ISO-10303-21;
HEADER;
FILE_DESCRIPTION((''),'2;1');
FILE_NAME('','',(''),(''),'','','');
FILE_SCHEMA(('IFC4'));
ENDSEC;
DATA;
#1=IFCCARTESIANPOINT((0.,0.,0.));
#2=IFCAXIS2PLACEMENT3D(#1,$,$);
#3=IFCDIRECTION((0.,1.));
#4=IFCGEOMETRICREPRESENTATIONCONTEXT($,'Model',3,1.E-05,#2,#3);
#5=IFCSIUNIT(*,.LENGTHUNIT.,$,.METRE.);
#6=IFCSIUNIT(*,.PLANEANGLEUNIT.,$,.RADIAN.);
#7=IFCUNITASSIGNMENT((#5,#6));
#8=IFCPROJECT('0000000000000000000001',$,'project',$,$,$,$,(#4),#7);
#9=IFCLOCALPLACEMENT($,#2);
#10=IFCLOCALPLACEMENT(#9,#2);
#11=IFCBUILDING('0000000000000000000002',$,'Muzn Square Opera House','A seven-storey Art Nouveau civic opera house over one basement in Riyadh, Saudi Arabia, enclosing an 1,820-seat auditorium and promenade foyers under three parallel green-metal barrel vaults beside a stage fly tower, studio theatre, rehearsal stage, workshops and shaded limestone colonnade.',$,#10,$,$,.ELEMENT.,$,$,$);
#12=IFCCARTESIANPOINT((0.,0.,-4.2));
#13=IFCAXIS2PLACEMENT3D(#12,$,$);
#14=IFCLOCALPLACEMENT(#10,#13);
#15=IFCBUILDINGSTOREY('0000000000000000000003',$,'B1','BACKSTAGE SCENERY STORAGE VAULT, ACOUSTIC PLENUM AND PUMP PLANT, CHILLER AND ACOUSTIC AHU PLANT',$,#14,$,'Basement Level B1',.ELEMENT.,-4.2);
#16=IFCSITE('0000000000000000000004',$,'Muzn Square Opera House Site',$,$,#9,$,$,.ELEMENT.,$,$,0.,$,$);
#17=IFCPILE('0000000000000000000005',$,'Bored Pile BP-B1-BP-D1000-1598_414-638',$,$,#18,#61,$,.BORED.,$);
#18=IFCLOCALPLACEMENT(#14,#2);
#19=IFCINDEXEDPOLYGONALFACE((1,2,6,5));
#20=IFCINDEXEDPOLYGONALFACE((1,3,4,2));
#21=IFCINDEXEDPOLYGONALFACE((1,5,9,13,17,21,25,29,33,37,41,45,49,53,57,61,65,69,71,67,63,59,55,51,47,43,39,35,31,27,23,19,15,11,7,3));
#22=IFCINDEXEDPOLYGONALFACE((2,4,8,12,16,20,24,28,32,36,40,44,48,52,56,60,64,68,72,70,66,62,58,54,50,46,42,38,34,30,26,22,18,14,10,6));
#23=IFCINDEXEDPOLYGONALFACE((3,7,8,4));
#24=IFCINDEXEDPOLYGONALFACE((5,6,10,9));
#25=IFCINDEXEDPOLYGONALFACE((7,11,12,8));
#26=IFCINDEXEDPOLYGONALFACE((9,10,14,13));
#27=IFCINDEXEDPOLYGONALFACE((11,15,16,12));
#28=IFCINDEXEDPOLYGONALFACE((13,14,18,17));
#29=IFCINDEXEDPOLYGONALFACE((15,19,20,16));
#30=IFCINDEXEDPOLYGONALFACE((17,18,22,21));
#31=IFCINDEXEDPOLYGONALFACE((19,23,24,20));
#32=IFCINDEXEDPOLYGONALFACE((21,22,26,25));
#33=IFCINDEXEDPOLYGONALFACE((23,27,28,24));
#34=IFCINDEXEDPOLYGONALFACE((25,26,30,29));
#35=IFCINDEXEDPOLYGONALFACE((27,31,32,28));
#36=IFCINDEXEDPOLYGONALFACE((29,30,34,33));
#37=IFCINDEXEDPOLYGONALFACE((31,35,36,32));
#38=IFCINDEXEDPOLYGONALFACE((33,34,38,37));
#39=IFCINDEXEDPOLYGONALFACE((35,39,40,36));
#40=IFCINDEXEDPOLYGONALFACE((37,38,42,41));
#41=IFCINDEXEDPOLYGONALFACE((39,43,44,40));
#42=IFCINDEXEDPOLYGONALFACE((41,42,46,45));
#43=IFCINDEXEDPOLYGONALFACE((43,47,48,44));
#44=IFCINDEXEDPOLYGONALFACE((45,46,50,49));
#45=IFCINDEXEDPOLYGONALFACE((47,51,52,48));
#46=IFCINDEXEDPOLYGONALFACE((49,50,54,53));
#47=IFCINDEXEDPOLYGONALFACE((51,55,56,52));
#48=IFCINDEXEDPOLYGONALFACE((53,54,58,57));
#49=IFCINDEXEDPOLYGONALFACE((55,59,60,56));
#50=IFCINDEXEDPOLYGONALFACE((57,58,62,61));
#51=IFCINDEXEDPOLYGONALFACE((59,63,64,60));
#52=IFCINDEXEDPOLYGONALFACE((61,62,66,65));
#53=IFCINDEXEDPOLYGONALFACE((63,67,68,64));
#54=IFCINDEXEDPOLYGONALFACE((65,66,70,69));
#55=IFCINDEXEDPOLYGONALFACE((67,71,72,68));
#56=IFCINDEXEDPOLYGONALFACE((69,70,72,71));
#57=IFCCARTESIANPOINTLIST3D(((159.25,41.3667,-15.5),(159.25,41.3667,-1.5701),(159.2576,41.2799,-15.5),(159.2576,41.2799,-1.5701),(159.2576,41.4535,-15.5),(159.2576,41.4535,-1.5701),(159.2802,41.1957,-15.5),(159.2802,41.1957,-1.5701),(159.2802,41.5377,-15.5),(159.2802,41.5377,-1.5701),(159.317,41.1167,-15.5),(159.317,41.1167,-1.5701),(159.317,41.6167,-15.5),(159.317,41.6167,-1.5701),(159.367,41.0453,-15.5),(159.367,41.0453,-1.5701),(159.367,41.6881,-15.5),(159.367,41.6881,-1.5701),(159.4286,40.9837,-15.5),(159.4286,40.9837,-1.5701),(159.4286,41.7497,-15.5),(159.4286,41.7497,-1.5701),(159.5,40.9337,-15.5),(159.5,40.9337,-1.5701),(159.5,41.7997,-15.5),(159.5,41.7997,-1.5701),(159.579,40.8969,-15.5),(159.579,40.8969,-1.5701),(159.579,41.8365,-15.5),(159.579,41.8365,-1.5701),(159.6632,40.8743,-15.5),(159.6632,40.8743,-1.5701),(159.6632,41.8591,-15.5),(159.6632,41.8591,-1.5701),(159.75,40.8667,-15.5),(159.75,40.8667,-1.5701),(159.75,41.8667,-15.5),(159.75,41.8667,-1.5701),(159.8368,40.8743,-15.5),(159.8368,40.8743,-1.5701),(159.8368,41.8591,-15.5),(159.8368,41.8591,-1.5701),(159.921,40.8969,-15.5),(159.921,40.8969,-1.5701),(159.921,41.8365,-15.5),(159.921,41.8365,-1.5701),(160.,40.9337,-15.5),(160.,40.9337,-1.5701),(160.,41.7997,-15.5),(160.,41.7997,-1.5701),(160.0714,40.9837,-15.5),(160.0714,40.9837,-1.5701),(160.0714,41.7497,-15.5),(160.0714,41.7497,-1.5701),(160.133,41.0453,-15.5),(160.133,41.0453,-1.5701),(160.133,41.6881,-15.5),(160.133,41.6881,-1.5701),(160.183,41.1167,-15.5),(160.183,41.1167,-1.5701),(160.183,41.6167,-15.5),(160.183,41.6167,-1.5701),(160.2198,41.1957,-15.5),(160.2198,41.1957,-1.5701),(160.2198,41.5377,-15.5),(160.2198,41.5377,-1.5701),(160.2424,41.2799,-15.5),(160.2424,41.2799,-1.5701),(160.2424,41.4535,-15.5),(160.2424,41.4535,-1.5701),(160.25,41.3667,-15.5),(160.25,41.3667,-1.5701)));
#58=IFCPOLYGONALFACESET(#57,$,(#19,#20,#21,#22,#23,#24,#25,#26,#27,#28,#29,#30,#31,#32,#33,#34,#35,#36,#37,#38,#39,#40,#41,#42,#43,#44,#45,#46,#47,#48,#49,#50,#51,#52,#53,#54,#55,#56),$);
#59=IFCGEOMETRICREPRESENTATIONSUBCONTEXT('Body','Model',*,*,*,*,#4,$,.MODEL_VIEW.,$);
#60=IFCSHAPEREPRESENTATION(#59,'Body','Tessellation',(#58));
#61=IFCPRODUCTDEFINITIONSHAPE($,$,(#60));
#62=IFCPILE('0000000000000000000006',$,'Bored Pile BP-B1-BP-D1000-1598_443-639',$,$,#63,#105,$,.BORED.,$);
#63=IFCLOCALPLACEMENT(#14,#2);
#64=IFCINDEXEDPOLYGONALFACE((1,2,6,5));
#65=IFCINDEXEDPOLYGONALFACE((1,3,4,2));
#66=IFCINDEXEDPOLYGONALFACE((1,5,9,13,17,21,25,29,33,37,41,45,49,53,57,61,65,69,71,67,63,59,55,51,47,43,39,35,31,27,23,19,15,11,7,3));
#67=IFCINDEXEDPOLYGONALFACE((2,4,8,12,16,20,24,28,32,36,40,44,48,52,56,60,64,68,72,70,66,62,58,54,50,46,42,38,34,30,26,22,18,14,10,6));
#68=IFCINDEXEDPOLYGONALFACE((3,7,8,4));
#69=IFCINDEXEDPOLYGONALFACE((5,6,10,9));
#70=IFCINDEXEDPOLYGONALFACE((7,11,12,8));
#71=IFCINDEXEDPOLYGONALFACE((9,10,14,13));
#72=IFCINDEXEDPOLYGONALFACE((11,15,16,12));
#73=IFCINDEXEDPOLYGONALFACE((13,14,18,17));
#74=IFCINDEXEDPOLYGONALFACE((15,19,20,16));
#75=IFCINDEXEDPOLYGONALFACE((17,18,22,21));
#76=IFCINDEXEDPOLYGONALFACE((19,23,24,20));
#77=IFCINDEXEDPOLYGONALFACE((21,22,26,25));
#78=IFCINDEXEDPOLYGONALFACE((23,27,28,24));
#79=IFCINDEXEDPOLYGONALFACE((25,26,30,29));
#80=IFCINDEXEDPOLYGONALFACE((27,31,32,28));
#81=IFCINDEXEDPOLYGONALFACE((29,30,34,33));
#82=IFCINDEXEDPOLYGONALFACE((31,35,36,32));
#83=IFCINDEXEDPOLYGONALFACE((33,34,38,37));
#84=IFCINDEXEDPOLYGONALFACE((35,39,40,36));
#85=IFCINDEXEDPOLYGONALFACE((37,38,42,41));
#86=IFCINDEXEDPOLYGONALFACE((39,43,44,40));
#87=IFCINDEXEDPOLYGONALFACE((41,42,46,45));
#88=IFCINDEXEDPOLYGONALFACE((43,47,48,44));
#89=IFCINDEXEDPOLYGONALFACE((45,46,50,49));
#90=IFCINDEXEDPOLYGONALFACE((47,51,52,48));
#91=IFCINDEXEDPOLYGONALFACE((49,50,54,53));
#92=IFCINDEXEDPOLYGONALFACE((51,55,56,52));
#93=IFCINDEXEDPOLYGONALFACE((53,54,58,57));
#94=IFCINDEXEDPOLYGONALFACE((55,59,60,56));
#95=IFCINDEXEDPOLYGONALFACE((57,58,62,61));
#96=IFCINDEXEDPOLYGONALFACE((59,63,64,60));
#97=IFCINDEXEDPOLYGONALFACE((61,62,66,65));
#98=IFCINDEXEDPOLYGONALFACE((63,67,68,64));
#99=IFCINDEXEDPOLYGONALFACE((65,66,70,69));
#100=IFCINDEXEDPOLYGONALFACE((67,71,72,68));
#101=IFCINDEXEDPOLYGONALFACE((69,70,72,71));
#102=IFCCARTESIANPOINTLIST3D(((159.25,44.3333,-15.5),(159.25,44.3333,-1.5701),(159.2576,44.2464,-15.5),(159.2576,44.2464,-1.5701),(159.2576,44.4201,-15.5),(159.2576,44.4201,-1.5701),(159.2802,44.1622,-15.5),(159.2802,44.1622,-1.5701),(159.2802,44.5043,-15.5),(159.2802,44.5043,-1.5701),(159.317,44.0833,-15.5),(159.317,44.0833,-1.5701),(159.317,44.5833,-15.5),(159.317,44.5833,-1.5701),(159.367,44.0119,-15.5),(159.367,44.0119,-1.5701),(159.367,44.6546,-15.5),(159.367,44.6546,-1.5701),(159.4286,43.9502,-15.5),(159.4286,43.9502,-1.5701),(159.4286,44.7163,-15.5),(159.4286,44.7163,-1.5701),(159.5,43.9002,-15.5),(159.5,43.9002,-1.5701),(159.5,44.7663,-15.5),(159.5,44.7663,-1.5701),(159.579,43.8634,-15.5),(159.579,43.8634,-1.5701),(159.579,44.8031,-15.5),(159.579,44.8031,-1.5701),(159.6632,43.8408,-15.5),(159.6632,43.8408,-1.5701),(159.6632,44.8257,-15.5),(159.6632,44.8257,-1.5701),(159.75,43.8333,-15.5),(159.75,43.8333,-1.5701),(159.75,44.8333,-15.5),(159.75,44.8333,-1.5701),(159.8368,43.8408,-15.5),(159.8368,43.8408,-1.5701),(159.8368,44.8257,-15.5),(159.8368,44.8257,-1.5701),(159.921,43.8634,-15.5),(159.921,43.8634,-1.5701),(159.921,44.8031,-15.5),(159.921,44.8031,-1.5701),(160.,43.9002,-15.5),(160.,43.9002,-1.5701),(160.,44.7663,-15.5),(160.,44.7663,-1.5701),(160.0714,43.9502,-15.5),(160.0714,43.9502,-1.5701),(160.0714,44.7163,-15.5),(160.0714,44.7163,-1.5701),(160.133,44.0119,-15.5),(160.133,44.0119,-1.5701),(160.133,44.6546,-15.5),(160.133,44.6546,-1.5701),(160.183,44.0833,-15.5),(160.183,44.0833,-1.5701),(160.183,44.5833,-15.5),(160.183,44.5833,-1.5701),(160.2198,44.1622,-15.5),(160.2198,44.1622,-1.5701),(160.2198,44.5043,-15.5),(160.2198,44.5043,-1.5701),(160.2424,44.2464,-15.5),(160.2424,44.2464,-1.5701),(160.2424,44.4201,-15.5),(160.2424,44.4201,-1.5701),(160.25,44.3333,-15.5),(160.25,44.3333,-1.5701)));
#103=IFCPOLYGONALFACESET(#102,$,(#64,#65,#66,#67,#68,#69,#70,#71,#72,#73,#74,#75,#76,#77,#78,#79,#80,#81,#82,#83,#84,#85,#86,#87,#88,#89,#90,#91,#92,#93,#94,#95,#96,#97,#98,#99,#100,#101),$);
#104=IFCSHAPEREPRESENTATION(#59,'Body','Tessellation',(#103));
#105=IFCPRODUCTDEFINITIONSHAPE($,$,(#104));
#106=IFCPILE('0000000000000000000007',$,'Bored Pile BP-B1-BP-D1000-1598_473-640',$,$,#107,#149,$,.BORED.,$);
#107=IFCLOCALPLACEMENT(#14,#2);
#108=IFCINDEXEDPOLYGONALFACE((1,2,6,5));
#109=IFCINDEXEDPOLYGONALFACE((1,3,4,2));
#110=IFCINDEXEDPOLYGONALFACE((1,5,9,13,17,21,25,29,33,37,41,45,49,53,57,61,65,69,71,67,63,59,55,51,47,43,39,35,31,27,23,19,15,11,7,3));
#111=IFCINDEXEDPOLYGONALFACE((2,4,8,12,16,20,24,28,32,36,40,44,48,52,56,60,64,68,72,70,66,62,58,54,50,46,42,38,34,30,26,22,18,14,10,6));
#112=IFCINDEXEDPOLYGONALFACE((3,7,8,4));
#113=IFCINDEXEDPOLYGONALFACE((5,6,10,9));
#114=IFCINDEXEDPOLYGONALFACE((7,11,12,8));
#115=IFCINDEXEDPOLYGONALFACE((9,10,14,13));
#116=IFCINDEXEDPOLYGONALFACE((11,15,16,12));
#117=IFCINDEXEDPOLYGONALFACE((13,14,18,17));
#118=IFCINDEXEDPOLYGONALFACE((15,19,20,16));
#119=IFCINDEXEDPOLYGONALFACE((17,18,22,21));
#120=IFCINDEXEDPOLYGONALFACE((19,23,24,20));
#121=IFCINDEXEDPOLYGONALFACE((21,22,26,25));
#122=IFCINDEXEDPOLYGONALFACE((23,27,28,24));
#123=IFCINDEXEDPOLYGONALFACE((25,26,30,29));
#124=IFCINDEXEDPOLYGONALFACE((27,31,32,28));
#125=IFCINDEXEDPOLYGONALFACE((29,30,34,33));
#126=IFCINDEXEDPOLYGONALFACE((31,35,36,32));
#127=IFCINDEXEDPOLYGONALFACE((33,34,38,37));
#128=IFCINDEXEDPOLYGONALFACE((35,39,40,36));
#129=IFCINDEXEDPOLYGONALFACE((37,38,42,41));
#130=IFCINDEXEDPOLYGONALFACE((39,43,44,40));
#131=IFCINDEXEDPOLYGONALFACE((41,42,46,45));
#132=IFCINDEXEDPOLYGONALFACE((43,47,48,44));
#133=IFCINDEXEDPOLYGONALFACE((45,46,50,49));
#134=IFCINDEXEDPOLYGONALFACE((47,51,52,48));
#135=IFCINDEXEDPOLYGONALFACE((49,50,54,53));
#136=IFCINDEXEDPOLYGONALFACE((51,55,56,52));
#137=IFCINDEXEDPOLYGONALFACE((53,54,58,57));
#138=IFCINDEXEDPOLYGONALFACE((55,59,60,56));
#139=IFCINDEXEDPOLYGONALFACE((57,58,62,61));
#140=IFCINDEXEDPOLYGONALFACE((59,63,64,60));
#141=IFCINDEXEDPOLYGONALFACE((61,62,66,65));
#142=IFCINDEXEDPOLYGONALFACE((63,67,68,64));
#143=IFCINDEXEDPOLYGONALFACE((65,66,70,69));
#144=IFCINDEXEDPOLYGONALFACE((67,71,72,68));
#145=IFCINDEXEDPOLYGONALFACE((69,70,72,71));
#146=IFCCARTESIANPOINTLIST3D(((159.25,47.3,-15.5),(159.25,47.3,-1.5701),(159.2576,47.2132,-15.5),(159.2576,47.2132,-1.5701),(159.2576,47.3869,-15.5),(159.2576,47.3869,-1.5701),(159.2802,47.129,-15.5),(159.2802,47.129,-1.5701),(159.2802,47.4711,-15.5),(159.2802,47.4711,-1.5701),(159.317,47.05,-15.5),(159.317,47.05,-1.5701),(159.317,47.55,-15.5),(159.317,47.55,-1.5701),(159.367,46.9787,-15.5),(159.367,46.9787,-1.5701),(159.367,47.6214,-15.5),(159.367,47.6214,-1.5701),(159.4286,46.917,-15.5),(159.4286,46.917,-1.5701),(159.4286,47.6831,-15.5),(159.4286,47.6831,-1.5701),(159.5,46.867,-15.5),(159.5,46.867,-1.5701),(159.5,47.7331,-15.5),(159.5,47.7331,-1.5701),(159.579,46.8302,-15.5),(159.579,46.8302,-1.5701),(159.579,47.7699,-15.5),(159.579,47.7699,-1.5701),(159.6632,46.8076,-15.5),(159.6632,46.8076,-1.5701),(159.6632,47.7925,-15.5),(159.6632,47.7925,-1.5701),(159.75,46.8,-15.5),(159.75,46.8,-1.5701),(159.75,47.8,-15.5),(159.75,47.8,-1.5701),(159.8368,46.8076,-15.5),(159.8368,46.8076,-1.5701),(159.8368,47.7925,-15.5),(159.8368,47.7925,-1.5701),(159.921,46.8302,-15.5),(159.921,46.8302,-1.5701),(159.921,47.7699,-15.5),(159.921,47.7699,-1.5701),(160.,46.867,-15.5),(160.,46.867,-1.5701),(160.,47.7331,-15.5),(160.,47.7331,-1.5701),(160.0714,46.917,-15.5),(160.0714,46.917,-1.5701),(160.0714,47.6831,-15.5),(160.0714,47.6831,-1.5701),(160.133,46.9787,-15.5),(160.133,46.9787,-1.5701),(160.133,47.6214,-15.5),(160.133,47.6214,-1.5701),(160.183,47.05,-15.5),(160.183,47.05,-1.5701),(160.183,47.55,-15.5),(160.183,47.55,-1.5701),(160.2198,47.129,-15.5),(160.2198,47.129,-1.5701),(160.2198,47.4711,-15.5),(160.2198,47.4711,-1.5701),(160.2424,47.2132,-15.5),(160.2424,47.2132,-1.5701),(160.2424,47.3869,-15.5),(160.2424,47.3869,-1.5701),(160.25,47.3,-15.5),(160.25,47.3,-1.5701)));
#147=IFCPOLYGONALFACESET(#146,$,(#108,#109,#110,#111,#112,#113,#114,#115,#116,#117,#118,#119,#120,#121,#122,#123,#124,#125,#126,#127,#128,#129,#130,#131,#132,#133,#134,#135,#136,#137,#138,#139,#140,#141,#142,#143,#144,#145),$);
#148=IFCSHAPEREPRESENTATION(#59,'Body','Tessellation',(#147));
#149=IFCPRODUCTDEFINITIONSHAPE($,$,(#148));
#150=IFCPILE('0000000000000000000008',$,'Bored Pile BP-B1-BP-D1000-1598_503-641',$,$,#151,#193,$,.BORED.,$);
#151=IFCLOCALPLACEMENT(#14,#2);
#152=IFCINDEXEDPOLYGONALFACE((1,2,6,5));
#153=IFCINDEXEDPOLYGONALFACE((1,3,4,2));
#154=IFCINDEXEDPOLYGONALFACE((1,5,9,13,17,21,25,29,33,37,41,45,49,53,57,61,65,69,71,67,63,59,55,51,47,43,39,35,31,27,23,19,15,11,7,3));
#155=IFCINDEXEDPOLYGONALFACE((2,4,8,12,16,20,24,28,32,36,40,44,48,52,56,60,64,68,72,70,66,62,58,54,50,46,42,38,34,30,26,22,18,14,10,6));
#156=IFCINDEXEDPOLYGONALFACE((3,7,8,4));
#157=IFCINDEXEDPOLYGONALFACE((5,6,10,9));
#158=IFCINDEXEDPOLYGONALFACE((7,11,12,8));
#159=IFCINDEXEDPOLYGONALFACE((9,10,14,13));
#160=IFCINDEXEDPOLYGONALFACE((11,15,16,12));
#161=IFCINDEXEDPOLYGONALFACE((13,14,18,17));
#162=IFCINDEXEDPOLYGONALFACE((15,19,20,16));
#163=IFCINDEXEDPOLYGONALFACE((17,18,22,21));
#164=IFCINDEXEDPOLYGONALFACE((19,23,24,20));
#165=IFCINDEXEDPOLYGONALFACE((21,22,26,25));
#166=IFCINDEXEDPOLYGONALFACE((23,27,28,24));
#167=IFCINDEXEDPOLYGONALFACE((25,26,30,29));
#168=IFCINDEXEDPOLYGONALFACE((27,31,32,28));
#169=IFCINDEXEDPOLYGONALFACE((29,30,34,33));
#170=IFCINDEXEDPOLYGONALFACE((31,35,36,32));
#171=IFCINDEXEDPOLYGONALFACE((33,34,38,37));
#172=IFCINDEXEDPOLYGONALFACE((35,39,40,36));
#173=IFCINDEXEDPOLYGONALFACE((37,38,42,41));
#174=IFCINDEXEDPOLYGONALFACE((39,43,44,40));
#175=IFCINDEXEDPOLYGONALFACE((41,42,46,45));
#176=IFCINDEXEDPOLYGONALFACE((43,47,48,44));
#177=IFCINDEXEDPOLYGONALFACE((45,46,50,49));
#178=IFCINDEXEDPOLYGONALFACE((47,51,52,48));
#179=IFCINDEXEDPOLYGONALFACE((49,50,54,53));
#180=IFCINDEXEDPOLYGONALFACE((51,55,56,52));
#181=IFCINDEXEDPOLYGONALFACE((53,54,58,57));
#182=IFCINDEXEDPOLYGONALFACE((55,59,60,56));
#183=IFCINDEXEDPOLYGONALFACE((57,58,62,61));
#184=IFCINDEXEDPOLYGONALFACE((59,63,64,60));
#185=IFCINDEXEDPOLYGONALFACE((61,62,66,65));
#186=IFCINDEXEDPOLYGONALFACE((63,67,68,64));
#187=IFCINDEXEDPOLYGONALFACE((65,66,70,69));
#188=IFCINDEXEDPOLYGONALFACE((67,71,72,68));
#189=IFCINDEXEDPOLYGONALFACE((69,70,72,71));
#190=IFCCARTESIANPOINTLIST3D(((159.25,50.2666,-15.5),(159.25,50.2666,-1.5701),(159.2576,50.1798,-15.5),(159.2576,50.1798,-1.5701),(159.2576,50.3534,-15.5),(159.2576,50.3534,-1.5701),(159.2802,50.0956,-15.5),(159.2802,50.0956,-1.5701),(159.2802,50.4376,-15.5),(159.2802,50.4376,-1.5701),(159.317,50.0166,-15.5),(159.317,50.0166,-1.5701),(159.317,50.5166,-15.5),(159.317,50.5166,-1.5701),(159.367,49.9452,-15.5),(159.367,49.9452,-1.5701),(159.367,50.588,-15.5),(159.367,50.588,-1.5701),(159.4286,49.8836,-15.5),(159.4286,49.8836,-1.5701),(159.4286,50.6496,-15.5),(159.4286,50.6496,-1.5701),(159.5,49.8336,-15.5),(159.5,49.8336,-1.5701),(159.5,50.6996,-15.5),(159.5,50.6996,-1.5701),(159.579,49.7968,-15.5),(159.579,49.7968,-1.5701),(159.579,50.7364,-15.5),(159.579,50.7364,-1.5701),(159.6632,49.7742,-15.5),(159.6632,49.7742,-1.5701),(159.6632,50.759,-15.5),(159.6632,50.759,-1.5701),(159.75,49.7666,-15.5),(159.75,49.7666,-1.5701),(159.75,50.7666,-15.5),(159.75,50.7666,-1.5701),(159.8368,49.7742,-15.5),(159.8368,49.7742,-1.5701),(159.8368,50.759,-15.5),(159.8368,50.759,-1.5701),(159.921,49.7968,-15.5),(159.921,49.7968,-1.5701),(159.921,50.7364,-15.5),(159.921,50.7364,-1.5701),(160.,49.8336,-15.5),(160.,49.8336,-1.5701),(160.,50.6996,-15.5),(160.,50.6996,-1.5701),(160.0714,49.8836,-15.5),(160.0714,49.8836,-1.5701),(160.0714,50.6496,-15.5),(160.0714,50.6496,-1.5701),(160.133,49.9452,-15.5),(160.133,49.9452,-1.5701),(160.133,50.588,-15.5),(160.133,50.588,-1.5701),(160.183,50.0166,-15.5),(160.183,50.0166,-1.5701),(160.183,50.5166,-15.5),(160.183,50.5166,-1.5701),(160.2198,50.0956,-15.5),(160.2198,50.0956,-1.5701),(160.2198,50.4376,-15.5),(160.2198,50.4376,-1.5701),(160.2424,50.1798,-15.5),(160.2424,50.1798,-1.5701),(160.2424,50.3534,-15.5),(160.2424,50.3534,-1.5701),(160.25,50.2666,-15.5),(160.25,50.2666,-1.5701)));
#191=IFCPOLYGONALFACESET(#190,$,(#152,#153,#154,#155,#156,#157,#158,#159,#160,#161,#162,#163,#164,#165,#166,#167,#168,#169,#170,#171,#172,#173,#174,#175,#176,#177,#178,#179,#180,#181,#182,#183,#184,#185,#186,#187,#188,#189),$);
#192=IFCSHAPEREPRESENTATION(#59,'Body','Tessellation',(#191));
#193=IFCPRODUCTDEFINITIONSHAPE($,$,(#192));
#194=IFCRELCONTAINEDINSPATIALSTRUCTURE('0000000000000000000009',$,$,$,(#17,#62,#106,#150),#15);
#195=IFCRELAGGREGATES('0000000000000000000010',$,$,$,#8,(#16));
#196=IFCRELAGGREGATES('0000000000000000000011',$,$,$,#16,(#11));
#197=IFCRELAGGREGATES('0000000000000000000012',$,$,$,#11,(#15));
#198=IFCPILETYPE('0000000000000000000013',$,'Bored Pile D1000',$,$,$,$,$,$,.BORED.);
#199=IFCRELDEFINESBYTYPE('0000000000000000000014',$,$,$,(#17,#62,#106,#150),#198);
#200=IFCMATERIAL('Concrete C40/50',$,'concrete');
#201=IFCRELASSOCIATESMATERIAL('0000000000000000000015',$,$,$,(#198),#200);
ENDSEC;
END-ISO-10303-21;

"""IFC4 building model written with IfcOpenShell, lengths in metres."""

from ifc_helpers import new_model, si_unit, direction, frame, origin, origin_2d, place, context, subcontext, project, spatial, circle, extrude, material, material_profile, profile_set, type_object, element, save


model = new_model("IFC4")

# Units and contexts
model_context = context("Model", 3, precision=1e-05, world=origin(), true_north=direction((0.0, 1.0)))
body_context = subcontext(model_context, "Body", "Model", "MODEL_VIEW")
ifc_project = project(units=[si_unit("LENGTHUNIT", "METRE"), si_unit("PLANEANGLEUNIT", "RADIAN")], contexts=[model_context])

# Site, building, storey
site_placement = place(None, origin())
site = spatial("IfcSite", under=ifc_project, at=site_placement, Name="Muzn Square Opera House Site", CompositionType="ELEMENT", RefElevation=0.0)
building_placement = place(site_placement, origin())
building = spatial("IfcBuilding", under=site, at=building_placement, Name="Muzn Square Opera House", Description="A seven-storey Art Nouveau civic opera house over one basement in Riyadh, Saudi Arabia, enclosing an 1,820-seat auditorium and promenade foyers under three parallel green-metal barrel vaults beside a stage fly tower, studio theatre, rehearsal stage, workshops and shaded limestone colonnade.", CompositionType="ELEMENT")
storey_placement = place(building_placement, frame((0.0, 0.0, -4.2)))
storey = spatial("IfcBuildingStorey", under=building, at=storey_placement, Name="B1", Description="BACKSTAGE SCENERY STORAGE VAULT, ACOUSTIC PLENUM AND PUMP PLANT, CHILLER AND ACOUSTIC AHU PLANT", LongName="Basement Level B1", CompositionType="ELEMENT", Elevation=-4.2)

# Piles
ifc_material_1 = material(Name="Concrete C40/50", Category="concrete")
ifc_material_profile_1 = material_profile(ifc_material_1, circle(Radius=0.5, at=origin_2d()), Name="BORED PILE D1000", Category="concrete")
ifc_profile_set_1 = profile_set([ifc_material_profile_1], Name="Concrete C40/50")
pile_type = type_object("IfcPileType", Name="Bored Pile D1000", PredefinedType="BORED", material=ifc_profile_set_1)
for number, where, z_axis, x_axis, name in (
    (1, (159.75, 41.3667, -1.5701), (0.0, 0.0, -1.0), (1.0, 0.0, 0.0), "Bored Pile BP-B1-BP-D1000-1598_414-638"),
    (2, (159.75, 44.3333, -1.5701), (0.0, 0.0, -1.0), (1.0, 0.0, 0.0), "Bored Pile BP-B1-BP-D1000-1598_443-639"),
    (3, (159.75, 47.3, -1.5701), (0.0, 0.0, -1.0), (1.0, 0.0, 0.0), "Bored Pile BP-B1-BP-D1000-1598_473-640"),
    (4, (159.75, 50.2666, -1.5701), (0.0, 0.0, -1.0), (1.0, 0.0, 0.0), "Bored Pile BP-B1-BP-D1000-1598_503-641"),
):
    element("IfcPile", number, at=place(storey_placement, frame(where, z_axis=z_axis, x_axis=x_axis)), inside=storey, type_object=pile_type, Name=name, PredefinedType="BORED", context=body_context, shape_type="SweptSolid", body=[
        extrude(circle(Radius=0.5, at=origin_2d()), origin(), (0.0, 0.0, 1.0), 13.9299),
    ])

save(model, "model.ifc")
